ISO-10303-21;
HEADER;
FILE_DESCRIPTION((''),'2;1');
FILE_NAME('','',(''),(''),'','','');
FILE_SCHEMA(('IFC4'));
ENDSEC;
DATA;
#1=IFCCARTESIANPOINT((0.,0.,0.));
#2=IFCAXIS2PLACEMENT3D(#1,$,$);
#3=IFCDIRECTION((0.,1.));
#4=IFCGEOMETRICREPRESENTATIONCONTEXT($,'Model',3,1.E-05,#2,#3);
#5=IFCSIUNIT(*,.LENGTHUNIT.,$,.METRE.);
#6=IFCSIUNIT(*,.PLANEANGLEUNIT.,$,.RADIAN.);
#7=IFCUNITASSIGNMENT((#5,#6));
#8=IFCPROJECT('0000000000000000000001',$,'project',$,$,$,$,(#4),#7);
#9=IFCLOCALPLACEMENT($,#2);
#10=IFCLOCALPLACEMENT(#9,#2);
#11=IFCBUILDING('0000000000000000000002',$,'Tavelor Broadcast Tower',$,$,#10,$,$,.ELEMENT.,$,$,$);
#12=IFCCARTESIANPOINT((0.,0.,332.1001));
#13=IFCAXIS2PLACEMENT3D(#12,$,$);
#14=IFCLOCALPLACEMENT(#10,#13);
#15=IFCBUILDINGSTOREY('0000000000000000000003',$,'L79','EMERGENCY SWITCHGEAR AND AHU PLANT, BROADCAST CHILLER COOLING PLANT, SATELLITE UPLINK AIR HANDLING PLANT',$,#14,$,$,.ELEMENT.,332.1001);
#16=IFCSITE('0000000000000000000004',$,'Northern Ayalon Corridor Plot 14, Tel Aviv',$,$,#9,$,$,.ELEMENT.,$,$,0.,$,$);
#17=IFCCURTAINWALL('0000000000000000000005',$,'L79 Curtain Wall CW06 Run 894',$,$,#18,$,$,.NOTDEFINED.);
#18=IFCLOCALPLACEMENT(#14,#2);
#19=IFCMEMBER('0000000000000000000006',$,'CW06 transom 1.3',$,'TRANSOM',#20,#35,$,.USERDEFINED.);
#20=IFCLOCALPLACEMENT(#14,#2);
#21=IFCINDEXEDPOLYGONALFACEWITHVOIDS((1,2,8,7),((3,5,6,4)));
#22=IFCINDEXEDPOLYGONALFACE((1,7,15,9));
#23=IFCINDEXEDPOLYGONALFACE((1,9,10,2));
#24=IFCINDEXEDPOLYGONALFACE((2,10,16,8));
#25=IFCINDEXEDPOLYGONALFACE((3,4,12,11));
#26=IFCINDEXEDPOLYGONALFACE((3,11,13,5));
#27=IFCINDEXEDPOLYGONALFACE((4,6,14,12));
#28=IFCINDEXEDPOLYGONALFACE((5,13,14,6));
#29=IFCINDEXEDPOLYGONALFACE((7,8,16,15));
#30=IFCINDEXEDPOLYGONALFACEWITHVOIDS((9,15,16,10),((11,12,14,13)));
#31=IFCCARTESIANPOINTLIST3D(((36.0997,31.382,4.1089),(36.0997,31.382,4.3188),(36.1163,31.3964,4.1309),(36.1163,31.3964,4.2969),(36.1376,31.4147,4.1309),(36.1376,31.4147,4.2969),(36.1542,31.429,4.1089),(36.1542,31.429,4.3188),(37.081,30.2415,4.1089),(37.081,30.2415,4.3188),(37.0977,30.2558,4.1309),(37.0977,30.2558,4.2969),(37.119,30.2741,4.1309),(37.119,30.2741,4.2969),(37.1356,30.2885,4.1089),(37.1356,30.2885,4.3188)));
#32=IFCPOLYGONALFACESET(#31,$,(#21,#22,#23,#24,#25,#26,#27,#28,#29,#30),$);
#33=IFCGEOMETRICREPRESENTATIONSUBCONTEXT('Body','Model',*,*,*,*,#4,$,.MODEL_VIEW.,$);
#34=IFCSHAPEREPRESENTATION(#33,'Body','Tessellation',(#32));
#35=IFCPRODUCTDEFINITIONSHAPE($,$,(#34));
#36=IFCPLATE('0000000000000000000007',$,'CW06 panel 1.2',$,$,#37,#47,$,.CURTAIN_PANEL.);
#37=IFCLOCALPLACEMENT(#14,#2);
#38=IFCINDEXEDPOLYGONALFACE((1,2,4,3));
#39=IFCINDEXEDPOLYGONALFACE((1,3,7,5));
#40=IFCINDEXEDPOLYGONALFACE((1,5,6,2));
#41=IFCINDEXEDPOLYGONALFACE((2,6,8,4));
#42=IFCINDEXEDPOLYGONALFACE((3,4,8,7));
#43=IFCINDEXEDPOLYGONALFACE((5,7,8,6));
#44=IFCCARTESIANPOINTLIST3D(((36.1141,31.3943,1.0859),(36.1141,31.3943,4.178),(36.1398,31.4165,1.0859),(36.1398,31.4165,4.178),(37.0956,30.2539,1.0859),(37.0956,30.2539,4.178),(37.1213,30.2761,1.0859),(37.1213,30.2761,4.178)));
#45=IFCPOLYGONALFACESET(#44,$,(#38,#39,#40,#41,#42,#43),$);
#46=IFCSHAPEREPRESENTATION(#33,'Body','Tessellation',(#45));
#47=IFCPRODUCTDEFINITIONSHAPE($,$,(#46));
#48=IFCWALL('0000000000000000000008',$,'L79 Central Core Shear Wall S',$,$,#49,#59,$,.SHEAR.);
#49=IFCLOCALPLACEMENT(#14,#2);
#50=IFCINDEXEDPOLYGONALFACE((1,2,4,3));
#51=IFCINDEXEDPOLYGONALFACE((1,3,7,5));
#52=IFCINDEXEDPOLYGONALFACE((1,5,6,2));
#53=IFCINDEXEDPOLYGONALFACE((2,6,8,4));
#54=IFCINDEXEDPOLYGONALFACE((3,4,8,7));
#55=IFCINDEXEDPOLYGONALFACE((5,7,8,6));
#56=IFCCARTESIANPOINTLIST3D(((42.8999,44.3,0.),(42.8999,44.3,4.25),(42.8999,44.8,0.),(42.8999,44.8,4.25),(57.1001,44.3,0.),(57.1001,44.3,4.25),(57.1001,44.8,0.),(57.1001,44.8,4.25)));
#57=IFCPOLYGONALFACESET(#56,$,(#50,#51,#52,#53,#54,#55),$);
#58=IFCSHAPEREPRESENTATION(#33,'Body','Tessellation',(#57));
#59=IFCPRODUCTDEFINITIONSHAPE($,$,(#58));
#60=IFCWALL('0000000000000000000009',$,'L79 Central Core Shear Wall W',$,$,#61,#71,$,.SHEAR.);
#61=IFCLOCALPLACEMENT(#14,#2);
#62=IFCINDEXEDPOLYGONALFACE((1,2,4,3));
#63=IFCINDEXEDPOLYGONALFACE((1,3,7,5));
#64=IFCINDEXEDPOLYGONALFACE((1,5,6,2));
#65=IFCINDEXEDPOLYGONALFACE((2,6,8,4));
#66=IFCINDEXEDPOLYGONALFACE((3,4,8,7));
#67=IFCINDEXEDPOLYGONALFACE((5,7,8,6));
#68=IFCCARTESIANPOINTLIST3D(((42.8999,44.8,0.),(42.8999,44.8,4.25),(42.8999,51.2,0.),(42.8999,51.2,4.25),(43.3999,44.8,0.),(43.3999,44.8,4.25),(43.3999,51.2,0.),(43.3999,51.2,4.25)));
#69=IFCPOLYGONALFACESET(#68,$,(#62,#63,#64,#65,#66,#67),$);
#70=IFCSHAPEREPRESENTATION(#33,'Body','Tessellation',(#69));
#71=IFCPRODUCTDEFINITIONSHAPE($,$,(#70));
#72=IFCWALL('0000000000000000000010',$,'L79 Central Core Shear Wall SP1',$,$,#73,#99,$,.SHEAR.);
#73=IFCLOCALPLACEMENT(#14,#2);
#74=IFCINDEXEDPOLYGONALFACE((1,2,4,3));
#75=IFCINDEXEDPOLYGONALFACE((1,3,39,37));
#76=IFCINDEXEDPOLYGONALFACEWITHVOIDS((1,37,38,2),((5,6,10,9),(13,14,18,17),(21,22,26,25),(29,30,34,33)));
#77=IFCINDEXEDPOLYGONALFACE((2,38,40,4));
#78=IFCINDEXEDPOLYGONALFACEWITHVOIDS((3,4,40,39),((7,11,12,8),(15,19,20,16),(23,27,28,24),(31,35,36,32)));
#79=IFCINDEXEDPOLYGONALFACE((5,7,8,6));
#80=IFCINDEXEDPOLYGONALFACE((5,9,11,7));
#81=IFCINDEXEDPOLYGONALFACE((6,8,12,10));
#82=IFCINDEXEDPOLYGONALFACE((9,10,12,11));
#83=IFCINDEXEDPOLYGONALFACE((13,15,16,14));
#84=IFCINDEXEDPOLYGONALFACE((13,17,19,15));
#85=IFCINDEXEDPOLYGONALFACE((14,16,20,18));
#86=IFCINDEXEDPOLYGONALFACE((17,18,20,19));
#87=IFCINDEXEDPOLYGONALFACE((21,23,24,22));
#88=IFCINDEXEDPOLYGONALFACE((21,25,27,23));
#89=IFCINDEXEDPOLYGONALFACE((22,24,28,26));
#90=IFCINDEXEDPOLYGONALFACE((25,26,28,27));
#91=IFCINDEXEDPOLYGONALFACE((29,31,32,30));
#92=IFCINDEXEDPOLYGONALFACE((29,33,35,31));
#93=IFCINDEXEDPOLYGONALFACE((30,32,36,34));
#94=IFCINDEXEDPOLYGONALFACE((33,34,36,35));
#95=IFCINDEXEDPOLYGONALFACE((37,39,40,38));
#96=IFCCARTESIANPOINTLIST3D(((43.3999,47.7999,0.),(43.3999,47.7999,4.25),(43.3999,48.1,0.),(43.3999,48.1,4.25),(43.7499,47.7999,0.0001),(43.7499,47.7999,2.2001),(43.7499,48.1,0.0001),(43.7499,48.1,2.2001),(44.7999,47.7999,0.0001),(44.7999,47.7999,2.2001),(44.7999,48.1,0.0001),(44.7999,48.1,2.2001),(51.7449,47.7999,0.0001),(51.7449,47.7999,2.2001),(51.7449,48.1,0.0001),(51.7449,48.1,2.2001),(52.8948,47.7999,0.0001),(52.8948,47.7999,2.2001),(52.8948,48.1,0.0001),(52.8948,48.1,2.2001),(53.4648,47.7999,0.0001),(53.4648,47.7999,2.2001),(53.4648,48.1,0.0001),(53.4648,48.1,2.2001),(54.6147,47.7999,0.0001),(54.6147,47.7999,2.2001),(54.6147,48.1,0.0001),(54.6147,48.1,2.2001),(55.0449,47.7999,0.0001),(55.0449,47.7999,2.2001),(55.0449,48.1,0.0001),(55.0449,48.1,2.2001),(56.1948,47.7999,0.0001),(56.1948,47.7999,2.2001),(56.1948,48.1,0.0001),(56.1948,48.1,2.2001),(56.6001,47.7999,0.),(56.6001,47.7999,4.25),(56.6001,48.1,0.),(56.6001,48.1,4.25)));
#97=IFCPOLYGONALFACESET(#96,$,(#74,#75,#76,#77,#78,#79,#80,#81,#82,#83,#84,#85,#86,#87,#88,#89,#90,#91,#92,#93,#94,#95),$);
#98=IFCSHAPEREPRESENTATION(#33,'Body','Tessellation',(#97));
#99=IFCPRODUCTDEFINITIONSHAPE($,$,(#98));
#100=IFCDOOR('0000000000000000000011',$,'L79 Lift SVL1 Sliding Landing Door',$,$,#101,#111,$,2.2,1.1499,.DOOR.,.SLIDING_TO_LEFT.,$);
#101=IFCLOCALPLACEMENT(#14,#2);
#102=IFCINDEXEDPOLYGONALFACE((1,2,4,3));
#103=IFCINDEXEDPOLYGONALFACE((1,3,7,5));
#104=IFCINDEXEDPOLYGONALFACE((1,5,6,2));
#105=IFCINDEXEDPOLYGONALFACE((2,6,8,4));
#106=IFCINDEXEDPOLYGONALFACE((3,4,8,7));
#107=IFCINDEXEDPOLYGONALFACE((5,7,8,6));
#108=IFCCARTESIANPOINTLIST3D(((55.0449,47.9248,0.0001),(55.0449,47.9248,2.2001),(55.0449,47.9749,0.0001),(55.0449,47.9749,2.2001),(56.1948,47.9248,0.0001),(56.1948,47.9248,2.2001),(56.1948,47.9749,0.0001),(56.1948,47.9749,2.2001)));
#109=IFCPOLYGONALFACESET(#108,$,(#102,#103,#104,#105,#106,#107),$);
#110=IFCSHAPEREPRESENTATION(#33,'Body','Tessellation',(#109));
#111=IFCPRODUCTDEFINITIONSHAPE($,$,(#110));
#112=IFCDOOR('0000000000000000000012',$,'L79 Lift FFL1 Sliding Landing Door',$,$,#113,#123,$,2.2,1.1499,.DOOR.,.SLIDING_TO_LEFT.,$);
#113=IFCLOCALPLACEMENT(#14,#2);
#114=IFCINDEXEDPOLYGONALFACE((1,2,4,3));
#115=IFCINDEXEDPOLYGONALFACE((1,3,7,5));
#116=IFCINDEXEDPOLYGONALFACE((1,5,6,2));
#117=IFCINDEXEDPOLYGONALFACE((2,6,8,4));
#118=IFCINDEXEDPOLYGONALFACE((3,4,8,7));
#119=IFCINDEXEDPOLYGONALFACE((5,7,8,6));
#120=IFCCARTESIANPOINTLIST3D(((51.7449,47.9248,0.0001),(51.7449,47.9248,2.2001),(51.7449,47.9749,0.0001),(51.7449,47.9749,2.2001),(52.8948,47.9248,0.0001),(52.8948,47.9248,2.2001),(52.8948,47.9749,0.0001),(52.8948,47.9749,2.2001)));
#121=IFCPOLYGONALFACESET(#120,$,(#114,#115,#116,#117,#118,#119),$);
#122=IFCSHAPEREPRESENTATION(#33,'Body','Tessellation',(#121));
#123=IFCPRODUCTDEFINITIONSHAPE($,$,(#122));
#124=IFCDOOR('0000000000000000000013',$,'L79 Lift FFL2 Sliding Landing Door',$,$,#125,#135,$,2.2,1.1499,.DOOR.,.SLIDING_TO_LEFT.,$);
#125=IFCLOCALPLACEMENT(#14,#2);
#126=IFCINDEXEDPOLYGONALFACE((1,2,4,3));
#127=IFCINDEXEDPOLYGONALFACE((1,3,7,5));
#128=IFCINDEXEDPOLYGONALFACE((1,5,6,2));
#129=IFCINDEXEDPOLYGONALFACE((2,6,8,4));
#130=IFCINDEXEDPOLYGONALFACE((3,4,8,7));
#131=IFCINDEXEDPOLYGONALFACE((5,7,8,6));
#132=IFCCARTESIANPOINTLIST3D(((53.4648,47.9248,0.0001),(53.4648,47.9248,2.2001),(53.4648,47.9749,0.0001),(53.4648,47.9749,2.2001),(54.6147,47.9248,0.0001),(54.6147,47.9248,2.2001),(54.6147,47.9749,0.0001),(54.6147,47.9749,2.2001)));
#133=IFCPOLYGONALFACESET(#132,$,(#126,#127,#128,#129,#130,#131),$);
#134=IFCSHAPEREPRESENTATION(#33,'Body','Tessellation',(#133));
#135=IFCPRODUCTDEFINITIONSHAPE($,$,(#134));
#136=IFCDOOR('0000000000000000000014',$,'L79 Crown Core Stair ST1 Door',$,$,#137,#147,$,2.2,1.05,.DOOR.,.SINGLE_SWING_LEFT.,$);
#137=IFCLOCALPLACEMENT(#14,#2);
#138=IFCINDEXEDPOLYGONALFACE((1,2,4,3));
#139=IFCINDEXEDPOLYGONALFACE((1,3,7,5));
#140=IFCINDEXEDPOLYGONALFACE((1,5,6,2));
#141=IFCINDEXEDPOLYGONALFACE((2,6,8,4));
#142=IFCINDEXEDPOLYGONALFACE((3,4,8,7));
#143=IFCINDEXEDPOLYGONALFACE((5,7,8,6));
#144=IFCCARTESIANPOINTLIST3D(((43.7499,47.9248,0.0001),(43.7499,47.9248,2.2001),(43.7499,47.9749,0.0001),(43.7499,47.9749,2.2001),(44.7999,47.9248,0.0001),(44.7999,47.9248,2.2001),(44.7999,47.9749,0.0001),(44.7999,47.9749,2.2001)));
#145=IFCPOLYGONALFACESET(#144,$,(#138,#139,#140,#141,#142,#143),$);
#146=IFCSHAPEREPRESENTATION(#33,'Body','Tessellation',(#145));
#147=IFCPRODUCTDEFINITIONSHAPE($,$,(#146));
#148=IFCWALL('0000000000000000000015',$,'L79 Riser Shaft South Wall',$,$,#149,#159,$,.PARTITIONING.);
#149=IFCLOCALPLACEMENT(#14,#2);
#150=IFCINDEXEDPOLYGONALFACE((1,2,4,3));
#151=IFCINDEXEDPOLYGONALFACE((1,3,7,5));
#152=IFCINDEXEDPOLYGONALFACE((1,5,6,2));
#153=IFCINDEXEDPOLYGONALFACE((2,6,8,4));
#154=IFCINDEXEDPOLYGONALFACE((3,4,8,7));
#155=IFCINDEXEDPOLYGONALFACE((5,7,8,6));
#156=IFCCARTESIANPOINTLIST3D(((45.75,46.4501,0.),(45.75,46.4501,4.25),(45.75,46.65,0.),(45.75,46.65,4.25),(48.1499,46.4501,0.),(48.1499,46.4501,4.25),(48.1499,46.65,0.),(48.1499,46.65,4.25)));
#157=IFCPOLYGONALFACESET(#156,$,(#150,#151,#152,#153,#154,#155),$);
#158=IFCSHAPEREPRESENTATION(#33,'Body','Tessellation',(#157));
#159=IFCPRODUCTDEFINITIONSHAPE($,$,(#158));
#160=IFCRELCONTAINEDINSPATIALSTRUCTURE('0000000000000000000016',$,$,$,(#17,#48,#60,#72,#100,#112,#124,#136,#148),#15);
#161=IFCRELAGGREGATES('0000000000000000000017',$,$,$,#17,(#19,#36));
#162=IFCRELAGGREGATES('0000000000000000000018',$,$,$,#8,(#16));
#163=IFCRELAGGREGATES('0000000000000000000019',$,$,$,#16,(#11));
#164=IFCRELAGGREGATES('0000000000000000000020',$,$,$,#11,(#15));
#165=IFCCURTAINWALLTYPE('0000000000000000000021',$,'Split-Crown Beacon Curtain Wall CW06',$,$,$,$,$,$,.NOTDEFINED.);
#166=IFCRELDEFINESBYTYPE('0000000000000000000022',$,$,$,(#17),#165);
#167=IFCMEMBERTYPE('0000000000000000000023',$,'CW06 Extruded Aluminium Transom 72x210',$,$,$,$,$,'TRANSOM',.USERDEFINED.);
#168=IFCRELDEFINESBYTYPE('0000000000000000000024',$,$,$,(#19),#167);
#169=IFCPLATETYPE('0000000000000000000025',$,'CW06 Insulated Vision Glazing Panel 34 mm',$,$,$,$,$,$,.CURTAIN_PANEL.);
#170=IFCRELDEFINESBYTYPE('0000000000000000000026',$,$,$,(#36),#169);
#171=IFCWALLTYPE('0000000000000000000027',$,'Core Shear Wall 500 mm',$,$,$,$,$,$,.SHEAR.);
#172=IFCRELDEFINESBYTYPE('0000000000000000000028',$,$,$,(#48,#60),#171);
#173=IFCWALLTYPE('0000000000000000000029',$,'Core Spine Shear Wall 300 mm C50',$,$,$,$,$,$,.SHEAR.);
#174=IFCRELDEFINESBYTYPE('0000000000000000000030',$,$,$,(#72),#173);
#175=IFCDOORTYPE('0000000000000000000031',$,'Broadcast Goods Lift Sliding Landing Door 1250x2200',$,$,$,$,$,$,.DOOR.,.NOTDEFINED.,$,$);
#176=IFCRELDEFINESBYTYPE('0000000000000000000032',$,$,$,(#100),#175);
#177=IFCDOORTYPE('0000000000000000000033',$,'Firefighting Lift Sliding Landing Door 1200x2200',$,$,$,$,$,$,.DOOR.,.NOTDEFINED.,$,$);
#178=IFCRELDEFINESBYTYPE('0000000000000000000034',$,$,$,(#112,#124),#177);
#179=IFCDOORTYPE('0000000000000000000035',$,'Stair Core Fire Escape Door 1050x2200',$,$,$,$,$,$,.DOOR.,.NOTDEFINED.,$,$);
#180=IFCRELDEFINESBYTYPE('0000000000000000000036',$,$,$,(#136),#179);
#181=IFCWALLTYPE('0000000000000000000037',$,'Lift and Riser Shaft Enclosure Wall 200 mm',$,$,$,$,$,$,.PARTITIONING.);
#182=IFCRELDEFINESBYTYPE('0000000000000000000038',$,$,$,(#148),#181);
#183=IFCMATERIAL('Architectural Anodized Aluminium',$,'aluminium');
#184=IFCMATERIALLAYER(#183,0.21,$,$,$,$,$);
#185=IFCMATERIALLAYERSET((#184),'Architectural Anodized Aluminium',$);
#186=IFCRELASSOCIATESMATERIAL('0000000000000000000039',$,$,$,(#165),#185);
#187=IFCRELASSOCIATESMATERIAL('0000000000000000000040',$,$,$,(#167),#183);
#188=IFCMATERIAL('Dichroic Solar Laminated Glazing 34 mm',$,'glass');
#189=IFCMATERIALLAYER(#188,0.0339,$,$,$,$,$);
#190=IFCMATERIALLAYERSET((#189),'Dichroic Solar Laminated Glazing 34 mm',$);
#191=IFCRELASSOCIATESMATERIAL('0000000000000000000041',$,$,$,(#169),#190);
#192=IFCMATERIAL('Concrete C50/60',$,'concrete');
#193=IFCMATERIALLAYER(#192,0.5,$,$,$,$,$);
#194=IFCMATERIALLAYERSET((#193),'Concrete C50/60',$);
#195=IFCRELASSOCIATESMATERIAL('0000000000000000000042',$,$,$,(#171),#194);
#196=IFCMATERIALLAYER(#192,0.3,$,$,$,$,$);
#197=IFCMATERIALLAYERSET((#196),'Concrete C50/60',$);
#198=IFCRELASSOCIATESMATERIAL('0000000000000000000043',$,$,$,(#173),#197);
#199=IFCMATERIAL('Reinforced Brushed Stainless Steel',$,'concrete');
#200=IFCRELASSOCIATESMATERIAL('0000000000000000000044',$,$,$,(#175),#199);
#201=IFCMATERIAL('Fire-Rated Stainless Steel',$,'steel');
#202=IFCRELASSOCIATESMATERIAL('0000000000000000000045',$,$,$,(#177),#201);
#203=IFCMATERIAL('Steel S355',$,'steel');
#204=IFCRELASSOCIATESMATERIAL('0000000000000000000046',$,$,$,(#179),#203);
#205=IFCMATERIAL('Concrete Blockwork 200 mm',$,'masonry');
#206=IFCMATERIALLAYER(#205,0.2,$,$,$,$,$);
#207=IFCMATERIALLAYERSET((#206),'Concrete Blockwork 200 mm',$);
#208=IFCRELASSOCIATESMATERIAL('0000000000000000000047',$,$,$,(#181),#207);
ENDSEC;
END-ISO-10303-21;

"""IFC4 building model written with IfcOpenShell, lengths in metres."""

from ifc_helpers import new_model, si_unit, direction, frame, frame_2d, origin, origin_2d, place, context, subcontext, project, spatial, rectangle, hollow_rectangle, extrude, source, transform, mapped, material, layer, layer_set, material_profile, profile_set, type_object, type_shapes, element, fill, aggregate, save


model = new_model("IFC4")

# Units and contexts
model_context = context("Model", 3, precision=1e-05, world=origin(), true_north=direction((0.0, 1.0)))
body_context = subcontext(model_context, "Body", "Model", "MODEL_VIEW")
ifc_project = project(units=[si_unit("LENGTHUNIT", "METRE"), si_unit("PLANEANGLEUNIT", "RADIAN")], contexts=[model_context])

# Site, building, storey
site_placement = place(None, origin())
site = spatial("IfcSite", under=ifc_project, at=site_placement, Name="Northern Ayalon Corridor Plot 14, Tel Aviv", CompositionType="ELEMENT", RefElevation=0.0)
building_placement = place(site_placement, origin())
building = spatial("IfcBuilding", under=site, at=building_placement, Name="Tavelor Broadcast Tower", CompositionType="ELEMENT")
storey_placement = place(building_placement, frame((0.0, 0.0, 332.1001)))
storey = spatial("IfcBuildingStorey", under=building, at=storey_placement, Name="L79", Description="EMERGENCY SWITCHGEAR AND AHU PLANT, BROADCAST CHILLER COOLING PLANT, SATELLITE UPLINK AIR HANDLING PLANT", CompositionType="ELEMENT", Elevation=332.1001)

# Shared definitions
ifc_material_1 = material(Name="Concrete C50/60", Category="concrete")

# Shared definitions
ifc_material_2 = material(Name="Steel S355", Category="steel")

# Curtain wall, member, plate
ifc_material_3 = material(Name="Architectural Anodized Aluminium", Category="aluminium")
ifc_layer_1 = layer(ifc_material_3, 0.21)
ifc_layer_set_1 = layer_set([ifc_layer_1], Name="Architectural Anodized Aluminium")
curtain_wall_type = type_object("IfcCurtainWallType", Name="Split-Crown Beacon Curtain Wall CW06", PredefinedType="NOTDEFINED", material=ifc_layer_set_1)
curtain_wall_placement = place(storey_placement, origin())
curtain_wall = element("IfcCurtainWall", 1, at=curtain_wall_placement, inside=storey, type_object=curtain_wall_type, Name="L79 Curtain Wall CW06 Run 894", PredefinedType="NOTDEFINED")
ifc_material_profile_1 = material_profile(ifc_material_3, hollow_rectangle(XDim=0.072, YDim=0.21, WallThickness=0.022, at=origin_2d()), Name="RHS 72x210x22")
ifc_profile_set_1 = profile_set([ifc_material_profile_1], Name="Architectural Anodized Aluminium")
member_type = type_object("IfcMemberType", Name="CW06 Extruded Aluminium Transom 72x210", ElementType="TRANSOM", PredefinedType="USERDEFINED", material=ifc_profile_set_1)
shared_shape_1 = source(origin(), body_context, "Body", "SweptSolid", [
    extrude(hollow_rectangle(XDim=0.072, YDim=0.21, WallThickness=0.022, at=origin_2d()), origin(), (0.0, 0.0, 1.0), 1.5046),
])
type_shapes(member_type, [shared_shape_1])
member_1_placement = place(storey_placement, frame((36.127, 31.4055, 4.2139), z_axis=(0.652233, -0.758018, 0.0), x_axis=(0.758018, 0.652233, 0.0)))
member_1 = element("IfcMember", 2, at=member_1_placement, type_object=member_type, Name="CW06 transom 1.3", ObjectType="TRANSOM", PredefinedType="USERDEFINED", context=body_context, shape_type="MappedRepresentation", body=[
    mapped(shared_shape_1, transform((0.0, 0.0, 0.0), scale=1.0)),
])
ifc_material_4 = material(Name="Dichroic Solar Laminated Glazing 34 mm", Category="glass")
ifc_layer_2 = layer(ifc_material_4, 0.0339)
ifc_layer_set_2 = layer_set([ifc_layer_2], Name="Dichroic Solar Laminated Glazing 34 mm")
plate_type = type_object("IfcPlateType", Name="CW06 Insulated Vision Glazing Panel 34 mm", PredefinedType="CURTAIN_PANEL", material=ifc_layer_set_2)
shared_shape_2 = source(origin(), body_context, "Body", "SweptSolid", [
    extrude(rectangle(XDim=1.5046, YDim=0.0339, at=origin_2d()), origin(), (0.0, 0.0, 1.0), 3.092),
])
type_shapes(plate_type, [shared_shape_2])
plate_placement = place(storey_placement, frame((36.6177, 30.8352, 1.0859), z_axis=(0.0, 0.0, 1.0), x_axis=(0.652333, -0.757932, 0.0)))
plate = element("IfcPlate", 3, at=plate_placement, type_object=plate_type, Name="CW06 panel 1.2", PredefinedType="CURTAIN_PANEL", context=body_context, shape_type="MappedRepresentation", body=[
    mapped(shared_shape_2, transform((0.0, 0.0, 0.0), scale=1.0)),
])
aggregate(curtain_wall, [member_1, plate])

# Walls
ifc_layer_3 = layer(ifc_material_1, 0.5)
ifc_layer_set_3 = layer_set([ifc_layer_3], Name="Concrete C50/60")
wall_type_1 = type_object("IfcWallType", Name="Core Shear Wall 500 mm", PredefinedType="SHEAR", material=ifc_layer_set_3)
wall_1_placement = place(storey_placement, frame((42.8999, 44.55, 0.0), z_axis=(0.0, 0.0, 1.0), x_axis=(1.0, 0.0, 0.0)))
element("IfcWall", 4, at=wall_1_placement, inside=storey, type_object=wall_type_1, Name="L79 Central Core Shear Wall S", PredefinedType="SHEAR", context=body_context, shape_type="SweptSolid", body=[
    extrude(rectangle(XDim=14.2002, YDim=0.5, at=frame_2d((7.1001, 0.0))), origin(), (0.0, 0.0, 1.0), 4.25),
])
wall_2_placement = place(storey_placement, frame((43.1499, 44.8, 0.0), z_axis=(0.0, 0.0, 1.0), x_axis=(0.0, 1.0, 0.0)))
element("IfcWall", 5, at=wall_2_placement, inside=storey, type_object=wall_type_1, Name="L79 Central Core Shear Wall W", PredefinedType="SHEAR", context=body_context, shape_type="SweptSolid", body=[
    extrude(rectangle(XDim=6.3999, YDim=0.5, at=frame_2d((3.2, 0.0))), origin(), (0.0, 0.0, 1.0), 4.25),
])

# Wall, openings, doors
ifc_layer_4 = layer(ifc_material_1, 0.3)
ifc_layer_set_4 = layer_set([ifc_layer_4], Name="Concrete C50/60")
wall_type_2 = type_object("IfcWallType", Name="Core Spine Shear Wall 300 mm C50", PredefinedType="SHEAR", material=ifc_layer_set_4)
wall_3_placement = place(storey_placement, frame((43.3999, 47.95, 0.0), z_axis=(0.0, 0.0, 1.0), x_axis=(1.0, 0.0, 0.0)))
wall_3 = element("IfcWall", 6, at=wall_3_placement, inside=storey, type_object=wall_type_2, Name="L79 Central Core Shear Wall SP1", PredefinedType="SHEAR", context=body_context, shape_type="SweptSolid", body=[
    extrude(rectangle(XDim=13.2002, YDim=0.3, at=frame_2d((6.6001, 0.0))), origin(), (0.0, 0.0, 1.0), 4.25),
])
opening_1_placement = place(wall_3_placement, frame((0.3501, 0.0, 0.0)))
opening_1 = element("IfcOpeningElement", 7, at=opening_1_placement, cuts=wall_3, PredefinedType="OPENING", context=body_context, shape_type="SweptSolid", body=[
    extrude(rectangle(XDim=1.05, YDim=2.2, at=frame_2d((0.5249, 1.1001))), frame((0.0, 0.1602, 0.0), z_axis=(0.0, -1.0, 0.0), x_axis=(1.0, 0.0, 0.0)), (0.0, 0.0, 1.0), 0.3201),
])
opening_2_placement = place(wall_3_placement, frame((8.345, 0.0, 0.0)))
opening_2 = element("IfcOpeningElement", 8, at=opening_2_placement, cuts=wall_3, PredefinedType="OPENING", context=body_context, shape_type="SweptSolid", body=[
    extrude(rectangle(XDim=1.1499, YDim=2.2, at=frame_2d((0.575, 1.1001))), frame((0.0, 0.1602, 0.0), z_axis=(0.0, -1.0, 0.0), x_axis=(1.0, 0.0, 0.0)), (0.0, 0.0, 1.0), 0.3201),
])
opening_3_placement = place(wall_3_placement, frame((10.0649, 0.0, 0.0)))
opening_3 = element("IfcOpeningElement", 9, at=opening_3_placement, cuts=wall_3, PredefinedType="OPENING", context=body_context, shape_type="SweptSolid", body=[
    extrude(rectangle(XDim=1.1499, YDim=2.2, at=frame_2d((0.575, 1.1001))), frame((0.0, 0.1602, 0.0), z_axis=(0.0, -1.0, 0.0), x_axis=(1.0, 0.0, 0.0)), (0.0, 0.0, 1.0), 0.3201),
])
opening_4_placement = place(wall_3_placement, frame((11.645, 0.0, 0.0)))
opening_4 = element("IfcOpeningElement", 10, at=opening_4_placement, cuts=wall_3, PredefinedType="OPENING", context=body_context, shape_type="SweptSolid", body=[
    extrude(rectangle(XDim=1.1499, YDim=2.2, at=frame_2d((0.575, 1.1001))), frame((0.0, 0.1602, 0.0), z_axis=(0.0, -1.0, 0.0), x_axis=(1.0, 0.0, 0.0)), (0.0, 0.0, 1.0), 0.3201),
])
ifc_material_5 = material(Name="Reinforced Brushed Stainless Steel", Category="concrete")
door_type_1 = type_object("IfcDoorType", Name="Broadcast Goods Lift Sliding Landing Door 1250x2200", OperationType="NOTDEFINED", PredefinedType="DOOR", material=ifc_material_5)
door_1_placement = place(opening_4_placement, origin())
door_1 = element("IfcDoor", 11, at=door_1_placement, inside=storey, type_object=door_type_1, Name="L79 Lift SVL1 Sliding Landing Door", OperationType="SLIDING_TO_LEFT", OverallHeight=2.2, OverallWidth=1.1499, PredefinedType="DOOR", context=body_context, shape_type="SweptSolid", body=[
    extrude(rectangle(XDim=1.1499, YDim=2.2, at=frame_2d((0.575, 1.1001))), frame((0.0, 0.0249, 0.0), z_axis=(0.0, -1.0, 0.0), x_axis=(1.0, 0.0, 0.0)), (0.0, 0.0, 1.0), 0.05),
])
fill(opening_4, door_1)
ifc_material_6 = material(Name="Fire-Rated Stainless Steel", Category="steel")
door_type_2 = type_object("IfcDoorType", Name="Firefighting Lift Sliding Landing Door 1200x2200", OperationType="NOTDEFINED", PredefinedType="DOOR", material=ifc_material_6)
door_2_placement = place(opening_2_placement, origin())
door_2 = element("IfcDoor", 12, at=door_2_placement, inside=storey, type_object=door_type_2, Name="L79 Lift FFL1 Sliding Landing Door", OperationType="SLIDING_TO_LEFT", OverallHeight=2.2, OverallWidth=1.1499, PredefinedType="DOOR", context=body_context, shape_type="SweptSolid", body=[
    extrude(rectangle(XDim=1.1499, YDim=2.2, at=frame_2d((0.575, 1.1001))), frame((0.0, 0.0249, 0.0), z_axis=(0.0, -1.0, 0.0), x_axis=(1.0, 0.0, 0.0)), (0.0, 0.0, 1.0), 0.05),
])
fill(opening_2, door_2)
door_3_placement = place(opening_3_placement, origin())
door_3 = element("IfcDoor", 13, at=door_3_placement, inside=storey, type_object=door_type_2, Name="L79 Lift FFL2 Sliding Landing Door", OperationType="SLIDING_TO_LEFT", OverallHeight=2.2, OverallWidth=1.1499, PredefinedType="DOOR", context=body_context, shape_type="SweptSolid", body=[
    extrude(rectangle(XDim=1.1499, YDim=2.2, at=frame_2d((0.575, 1.1001))), frame((0.0, 0.0249, 0.0), z_axis=(0.0, -1.0, 0.0), x_axis=(1.0, 0.0, 0.0)), (0.0, 0.0, 1.0), 0.05),
])
fill(opening_3, door_3)
door_type_3 = type_object("IfcDoorType", Name="Stair Core Fire Escape Door 1050x2200", OperationType="NOTDEFINED", PredefinedType="DOOR", material=ifc_material_2)
door_4_placement = place(opening_1_placement, origin())
door_4 = element("IfcDoor", 14, at=door_4_placement, inside=storey, type_object=door_type_3, Name="L79 Crown Core Stair ST1 Door", OperationType="SINGLE_SWING_LEFT", OverallHeight=2.2, OverallWidth=1.05, PredefinedType="DOOR", context=body_context, shape_type="SweptSolid", body=[
    extrude(rectangle(XDim=1.05, YDim=2.2, at=frame_2d((0.5249, 1.1001))), frame((0.0, 0.0249, 0.0), z_axis=(0.0, -1.0, 0.0), x_axis=(1.0, 0.0, 0.0)), (0.0, 0.0, 1.0), 0.05),
])
fill(opening_1, door_4)

# Wall
ifc_material_7 = material(Name="Concrete Blockwork 200 mm", Category="masonry")
ifc_layer_5 = layer(ifc_material_7, 0.2)
ifc_layer_set_5 = layer_set([ifc_layer_5], Name="Concrete Blockwork 200 mm")
wall_type_3 = type_object("IfcWallType", Name="Lift and Riser Shaft Enclosure Wall 200 mm", PredefinedType="PARTITIONING", material=ifc_layer_set_5)
wall_4_placement = place(storey_placement, frame((45.75, 46.55, 0.0), z_axis=(0.0, 0.0, 1.0), x_axis=(1.0, 0.0, 0.0)))
element("IfcWall", 15, at=wall_4_placement, inside=storey, type_object=wall_type_3, Name="L79 Riser Shaft South Wall", PredefinedType="PARTITIONING", context=body_context, shape_type="SweptSolid", body=[
    extrude(rectangle(XDim=2.3999, YDim=0.2, at=frame_2d((1.2, 0.0))), origin(), (0.0, 0.0, 1.0), 4.25),
])

save(model, "model.ifc")
